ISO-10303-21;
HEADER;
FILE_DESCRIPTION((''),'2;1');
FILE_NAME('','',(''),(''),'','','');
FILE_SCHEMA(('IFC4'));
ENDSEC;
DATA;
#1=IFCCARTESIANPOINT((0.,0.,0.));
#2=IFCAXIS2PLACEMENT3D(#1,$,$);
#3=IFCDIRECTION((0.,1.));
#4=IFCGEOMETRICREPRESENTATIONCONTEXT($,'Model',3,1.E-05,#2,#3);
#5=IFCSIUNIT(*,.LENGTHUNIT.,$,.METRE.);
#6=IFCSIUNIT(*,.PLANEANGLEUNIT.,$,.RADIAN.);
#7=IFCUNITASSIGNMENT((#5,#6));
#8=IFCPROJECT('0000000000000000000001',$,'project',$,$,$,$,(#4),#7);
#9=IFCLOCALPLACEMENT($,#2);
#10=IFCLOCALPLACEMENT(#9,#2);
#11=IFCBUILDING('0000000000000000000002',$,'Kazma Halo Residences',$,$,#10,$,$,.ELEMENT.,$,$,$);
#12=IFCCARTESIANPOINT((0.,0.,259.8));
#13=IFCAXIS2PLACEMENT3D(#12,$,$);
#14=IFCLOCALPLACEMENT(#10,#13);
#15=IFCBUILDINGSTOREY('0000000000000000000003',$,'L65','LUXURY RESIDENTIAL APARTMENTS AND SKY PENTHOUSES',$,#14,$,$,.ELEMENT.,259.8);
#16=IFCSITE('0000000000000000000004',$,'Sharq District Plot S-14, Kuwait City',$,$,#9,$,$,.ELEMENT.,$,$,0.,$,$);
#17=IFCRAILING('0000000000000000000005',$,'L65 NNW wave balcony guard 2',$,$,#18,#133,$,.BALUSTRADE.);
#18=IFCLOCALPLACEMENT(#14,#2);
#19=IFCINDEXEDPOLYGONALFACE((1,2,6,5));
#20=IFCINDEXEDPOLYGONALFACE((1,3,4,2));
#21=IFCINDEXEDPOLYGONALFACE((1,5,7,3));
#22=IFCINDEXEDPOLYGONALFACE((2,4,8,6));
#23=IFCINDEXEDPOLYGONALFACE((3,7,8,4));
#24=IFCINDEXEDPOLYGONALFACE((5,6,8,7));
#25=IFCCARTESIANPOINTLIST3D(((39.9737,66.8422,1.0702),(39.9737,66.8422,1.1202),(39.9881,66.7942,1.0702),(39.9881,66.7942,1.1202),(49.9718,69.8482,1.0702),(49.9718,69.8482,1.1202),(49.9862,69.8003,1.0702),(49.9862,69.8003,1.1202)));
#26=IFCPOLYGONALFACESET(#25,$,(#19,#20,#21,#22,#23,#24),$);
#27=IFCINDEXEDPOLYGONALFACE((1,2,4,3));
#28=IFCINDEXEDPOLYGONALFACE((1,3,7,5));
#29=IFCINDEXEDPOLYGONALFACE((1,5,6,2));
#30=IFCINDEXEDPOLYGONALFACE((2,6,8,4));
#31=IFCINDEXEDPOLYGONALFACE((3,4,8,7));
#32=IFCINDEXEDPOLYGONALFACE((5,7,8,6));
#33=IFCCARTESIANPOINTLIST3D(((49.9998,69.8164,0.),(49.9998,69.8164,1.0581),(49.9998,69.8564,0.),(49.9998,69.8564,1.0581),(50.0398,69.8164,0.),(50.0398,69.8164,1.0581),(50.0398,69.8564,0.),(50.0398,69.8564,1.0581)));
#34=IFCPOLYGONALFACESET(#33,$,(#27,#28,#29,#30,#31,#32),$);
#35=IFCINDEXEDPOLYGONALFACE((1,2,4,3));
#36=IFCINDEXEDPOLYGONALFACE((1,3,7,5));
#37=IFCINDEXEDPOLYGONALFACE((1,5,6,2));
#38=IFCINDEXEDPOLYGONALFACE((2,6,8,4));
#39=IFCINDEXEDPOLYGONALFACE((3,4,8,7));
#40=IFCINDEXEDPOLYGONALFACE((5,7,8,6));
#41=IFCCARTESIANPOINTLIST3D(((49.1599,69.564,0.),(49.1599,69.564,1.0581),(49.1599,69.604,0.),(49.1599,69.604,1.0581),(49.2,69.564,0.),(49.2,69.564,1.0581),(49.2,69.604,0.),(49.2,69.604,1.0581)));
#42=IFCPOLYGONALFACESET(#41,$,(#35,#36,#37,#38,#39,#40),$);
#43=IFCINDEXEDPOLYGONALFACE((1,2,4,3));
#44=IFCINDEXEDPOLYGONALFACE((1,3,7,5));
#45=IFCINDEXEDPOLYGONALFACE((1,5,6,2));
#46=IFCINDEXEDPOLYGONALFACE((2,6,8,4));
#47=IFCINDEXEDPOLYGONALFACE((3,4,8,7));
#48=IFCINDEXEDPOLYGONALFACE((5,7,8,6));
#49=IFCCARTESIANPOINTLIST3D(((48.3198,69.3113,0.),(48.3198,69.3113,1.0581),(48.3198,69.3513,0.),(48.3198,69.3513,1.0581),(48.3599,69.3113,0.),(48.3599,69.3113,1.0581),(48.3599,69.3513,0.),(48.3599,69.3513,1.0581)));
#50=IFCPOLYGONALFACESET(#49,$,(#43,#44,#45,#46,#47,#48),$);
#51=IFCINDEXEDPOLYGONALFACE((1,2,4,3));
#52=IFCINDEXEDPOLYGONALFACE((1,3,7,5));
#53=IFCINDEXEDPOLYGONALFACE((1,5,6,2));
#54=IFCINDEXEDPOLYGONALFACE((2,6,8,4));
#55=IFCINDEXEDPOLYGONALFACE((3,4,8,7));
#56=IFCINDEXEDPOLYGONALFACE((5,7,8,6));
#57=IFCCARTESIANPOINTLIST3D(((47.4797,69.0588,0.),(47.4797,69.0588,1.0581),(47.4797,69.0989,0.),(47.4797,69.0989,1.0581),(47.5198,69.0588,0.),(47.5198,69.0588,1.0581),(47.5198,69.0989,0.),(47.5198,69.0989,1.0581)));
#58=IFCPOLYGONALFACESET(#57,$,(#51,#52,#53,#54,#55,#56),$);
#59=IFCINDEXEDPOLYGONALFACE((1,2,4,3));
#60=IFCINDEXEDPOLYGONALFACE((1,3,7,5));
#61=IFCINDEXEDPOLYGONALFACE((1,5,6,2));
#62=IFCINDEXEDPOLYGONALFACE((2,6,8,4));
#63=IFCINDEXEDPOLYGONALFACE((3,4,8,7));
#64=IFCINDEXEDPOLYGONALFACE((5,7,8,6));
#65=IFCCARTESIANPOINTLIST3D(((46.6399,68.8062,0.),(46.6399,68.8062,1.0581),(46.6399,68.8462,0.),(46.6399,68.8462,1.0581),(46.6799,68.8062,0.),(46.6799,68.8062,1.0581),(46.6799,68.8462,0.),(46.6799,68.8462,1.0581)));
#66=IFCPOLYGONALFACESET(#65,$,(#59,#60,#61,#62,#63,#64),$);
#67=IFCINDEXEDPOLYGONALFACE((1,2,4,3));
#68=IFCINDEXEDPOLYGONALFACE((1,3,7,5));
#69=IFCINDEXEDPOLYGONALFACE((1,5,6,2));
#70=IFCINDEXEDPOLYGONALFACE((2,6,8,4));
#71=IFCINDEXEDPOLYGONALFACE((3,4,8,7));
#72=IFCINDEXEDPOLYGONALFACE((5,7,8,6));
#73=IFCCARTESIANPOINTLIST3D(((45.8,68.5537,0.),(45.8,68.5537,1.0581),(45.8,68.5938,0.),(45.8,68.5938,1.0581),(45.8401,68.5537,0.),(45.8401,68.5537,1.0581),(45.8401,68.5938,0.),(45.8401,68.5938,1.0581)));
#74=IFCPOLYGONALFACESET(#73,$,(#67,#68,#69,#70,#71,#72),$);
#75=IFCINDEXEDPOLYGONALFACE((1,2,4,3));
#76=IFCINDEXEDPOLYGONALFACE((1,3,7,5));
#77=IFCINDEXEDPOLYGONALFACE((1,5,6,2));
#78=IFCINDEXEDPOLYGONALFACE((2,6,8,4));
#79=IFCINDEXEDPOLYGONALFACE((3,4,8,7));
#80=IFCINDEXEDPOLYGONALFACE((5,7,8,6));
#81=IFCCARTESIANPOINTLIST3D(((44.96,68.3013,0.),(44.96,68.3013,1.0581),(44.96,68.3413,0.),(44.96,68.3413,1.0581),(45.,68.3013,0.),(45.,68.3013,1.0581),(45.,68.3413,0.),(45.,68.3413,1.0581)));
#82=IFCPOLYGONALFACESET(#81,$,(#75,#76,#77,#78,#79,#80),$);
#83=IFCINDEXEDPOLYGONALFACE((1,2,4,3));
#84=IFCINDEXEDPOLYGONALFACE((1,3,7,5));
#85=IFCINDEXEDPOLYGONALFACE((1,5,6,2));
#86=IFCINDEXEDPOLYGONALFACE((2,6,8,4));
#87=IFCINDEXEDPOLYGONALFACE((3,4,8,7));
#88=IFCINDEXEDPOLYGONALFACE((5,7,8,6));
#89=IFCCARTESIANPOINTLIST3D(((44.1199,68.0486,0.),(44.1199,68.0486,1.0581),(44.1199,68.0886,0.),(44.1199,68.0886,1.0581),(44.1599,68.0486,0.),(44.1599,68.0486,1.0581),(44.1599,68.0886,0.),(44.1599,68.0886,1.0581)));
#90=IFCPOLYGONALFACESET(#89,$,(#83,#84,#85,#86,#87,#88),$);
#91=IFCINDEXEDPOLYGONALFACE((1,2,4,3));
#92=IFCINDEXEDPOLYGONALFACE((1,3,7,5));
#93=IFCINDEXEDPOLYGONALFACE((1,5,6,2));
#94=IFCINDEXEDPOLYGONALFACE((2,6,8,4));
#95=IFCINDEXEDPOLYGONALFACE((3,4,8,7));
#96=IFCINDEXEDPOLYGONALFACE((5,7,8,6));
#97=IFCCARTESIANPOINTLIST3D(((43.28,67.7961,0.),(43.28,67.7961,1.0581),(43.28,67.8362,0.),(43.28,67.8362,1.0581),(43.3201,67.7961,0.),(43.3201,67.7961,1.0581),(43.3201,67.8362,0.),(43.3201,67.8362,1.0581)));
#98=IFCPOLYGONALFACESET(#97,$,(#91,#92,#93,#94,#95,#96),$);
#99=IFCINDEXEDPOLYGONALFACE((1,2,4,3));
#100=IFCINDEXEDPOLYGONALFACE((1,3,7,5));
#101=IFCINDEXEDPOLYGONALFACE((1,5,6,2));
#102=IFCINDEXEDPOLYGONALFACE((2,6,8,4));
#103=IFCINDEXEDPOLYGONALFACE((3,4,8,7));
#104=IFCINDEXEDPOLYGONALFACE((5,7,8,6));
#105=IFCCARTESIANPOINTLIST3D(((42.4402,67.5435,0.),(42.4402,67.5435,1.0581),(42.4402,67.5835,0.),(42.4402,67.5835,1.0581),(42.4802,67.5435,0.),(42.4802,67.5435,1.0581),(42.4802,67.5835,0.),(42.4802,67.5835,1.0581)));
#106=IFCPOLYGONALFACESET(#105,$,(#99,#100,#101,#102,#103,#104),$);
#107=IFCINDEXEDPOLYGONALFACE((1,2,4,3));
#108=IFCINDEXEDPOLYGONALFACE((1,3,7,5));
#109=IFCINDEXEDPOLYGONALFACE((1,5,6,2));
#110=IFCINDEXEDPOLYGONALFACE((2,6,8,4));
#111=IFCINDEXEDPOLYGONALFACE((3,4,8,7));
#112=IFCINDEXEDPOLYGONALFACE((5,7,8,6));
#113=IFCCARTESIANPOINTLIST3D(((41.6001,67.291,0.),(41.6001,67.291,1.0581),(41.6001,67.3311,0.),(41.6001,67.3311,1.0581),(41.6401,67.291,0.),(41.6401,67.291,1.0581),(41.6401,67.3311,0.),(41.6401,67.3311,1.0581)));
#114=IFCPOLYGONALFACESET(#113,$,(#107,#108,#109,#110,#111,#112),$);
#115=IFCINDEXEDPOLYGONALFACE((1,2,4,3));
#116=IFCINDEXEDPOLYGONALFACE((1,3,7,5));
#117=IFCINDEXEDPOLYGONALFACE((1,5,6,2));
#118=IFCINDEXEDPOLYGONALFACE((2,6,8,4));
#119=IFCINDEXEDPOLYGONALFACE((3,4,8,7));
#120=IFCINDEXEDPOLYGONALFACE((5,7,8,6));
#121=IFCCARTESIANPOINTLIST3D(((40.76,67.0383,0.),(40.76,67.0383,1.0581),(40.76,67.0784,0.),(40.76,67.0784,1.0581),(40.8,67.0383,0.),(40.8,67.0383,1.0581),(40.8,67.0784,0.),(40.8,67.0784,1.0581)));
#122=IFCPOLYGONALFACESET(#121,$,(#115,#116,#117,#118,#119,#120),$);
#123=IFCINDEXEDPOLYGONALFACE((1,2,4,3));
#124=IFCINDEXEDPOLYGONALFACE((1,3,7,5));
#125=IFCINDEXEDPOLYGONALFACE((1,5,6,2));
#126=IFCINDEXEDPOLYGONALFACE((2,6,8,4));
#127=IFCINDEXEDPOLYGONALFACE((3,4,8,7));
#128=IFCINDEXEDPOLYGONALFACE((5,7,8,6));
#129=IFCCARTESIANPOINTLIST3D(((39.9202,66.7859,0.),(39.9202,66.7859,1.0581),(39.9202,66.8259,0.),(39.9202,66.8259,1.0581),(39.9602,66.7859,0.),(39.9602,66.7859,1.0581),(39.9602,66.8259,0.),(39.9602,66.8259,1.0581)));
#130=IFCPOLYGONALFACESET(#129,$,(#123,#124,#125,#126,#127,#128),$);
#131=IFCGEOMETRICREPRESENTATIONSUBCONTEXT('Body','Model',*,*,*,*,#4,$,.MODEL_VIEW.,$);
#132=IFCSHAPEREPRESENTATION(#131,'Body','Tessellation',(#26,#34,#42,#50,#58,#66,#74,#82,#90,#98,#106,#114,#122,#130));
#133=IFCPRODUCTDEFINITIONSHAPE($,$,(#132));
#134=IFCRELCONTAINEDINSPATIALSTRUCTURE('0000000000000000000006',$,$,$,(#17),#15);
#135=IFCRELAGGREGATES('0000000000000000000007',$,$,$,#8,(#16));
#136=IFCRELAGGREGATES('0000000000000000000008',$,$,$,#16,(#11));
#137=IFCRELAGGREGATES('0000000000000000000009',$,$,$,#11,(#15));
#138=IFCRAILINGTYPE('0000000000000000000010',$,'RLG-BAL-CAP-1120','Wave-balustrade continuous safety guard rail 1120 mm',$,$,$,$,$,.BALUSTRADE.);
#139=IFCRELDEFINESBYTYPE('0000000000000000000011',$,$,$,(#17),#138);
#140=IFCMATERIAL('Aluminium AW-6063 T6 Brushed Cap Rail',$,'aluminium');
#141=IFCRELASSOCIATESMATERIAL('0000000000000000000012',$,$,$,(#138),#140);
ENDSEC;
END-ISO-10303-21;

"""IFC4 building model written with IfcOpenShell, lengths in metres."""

from ifc_helpers import new_model, si_unit, direction, frame, origin, origin_2d, place, context, subcontext, project, spatial, rectangle, extrude, material, type_object, element, save


model = new_model("IFC4")

# Units and contexts
model_context = context("Model", 3, precision=1e-05, world=origin(), true_north=direction((0.0, 1.0)))
body_context = subcontext(model_context, "Body", "Model", "MODEL_VIEW")
ifc_project = project(units=[si_unit("LENGTHUNIT", "METRE"), si_unit("PLANEANGLEUNIT", "RADIAN")], contexts=[model_context])

# Site, building, storey
site_placement = place(None, origin())
site = spatial("IfcSite", under=ifc_project, at=site_placement, Name="Sharq District Plot S-14, Kuwait City", CompositionType="ELEMENT", RefElevation=0.0)
building_placement = place(site_placement, origin())
building = spatial("IfcBuilding", under=site, at=building_placement, Name="Kazma Halo Residences", CompositionType="ELEMENT")
storey_placement = place(building_placement, frame((0.0, 0.0, 259.8)))
storey = spatial("IfcBuildingStorey", under=building, at=storey_placement, Name="L65", Description="LUXURY RESIDENTIAL APARTMENTS AND SKY PENTHOUSES", CompositionType="ELEMENT", Elevation=259.8)

# Railing
ifc_material_1 = material(Name="Aluminium AW-6063 T6 Brushed Cap Rail", Category="aluminium")
railing_type = type_object("IfcRailingType", Name="RLG-BAL-CAP-1120", Description="Wave-balustrade continuous safety guard rail 1120 mm", PredefinedType="BALUSTRADE", material=ifc_material_1)
railing_1_placement = place(storey_placement, frame((50.0198, 69.8364, 0.0)))
element("IfcRailing", 1, at=railing_1_placement, inside=storey, type_object=railing_type, Name="L65 NNW wave balcony guard 2", PredefinedType="BALUSTRADE", context=body_context, shape_type="SweptSolid", body=[
    extrude(rectangle(XDim=0.05, YDim=0.05, at=origin_2d()), frame((-0.0408, -0.0122, 1.0952), z_axis=(-0.957652, -0.287927, 0.0), x_axis=(0.287927, -0.957652, 0.0)), (0.0, 0.0, 1.0), 10.4402),
    extrude(rectangle(XDim=0.04, YDim=0.04, at=origin_2d()), origin(), (0.0, 0.0, 1.0), 1.0581),
    extrude(rectangle(XDim=0.04, YDim=0.04, at=origin_2d()), frame((-0.8398, -0.2524, 0.0)), (0.0, 0.0, 1.0), 1.0581),
    extrude(rectangle(XDim=0.04, YDim=0.04, at=origin_2d()), frame((-1.6799, -0.5051, 0.0)), (0.0, 0.0, 1.0), 1.0581),
    extrude(rectangle(XDim=0.04, YDim=0.04, at=origin_2d()), frame((-2.52, -0.7576, 0.0)), (0.0, 0.0, 1.0), 1.0581),
    extrude(rectangle(XDim=0.04, YDim=0.04, at=origin_2d()), frame((-3.3599, -1.0103, 0.0)), (0.0, 0.0, 1.0), 1.0581),
    extrude(rectangle(XDim=0.04, YDim=0.04, at=origin_2d()), frame((-4.1997, -1.2627, 0.0)), (0.0, 0.0, 1.0), 1.0581),
    extrude(rectangle(XDim=0.04, YDim=0.04, at=origin_2d()), frame((-5.0398, -1.5151, 0.0)), (0.0, 0.0, 1.0), 1.0581),
    extrude(rectangle(XDim=0.04, YDim=0.04, at=origin_2d()), frame((-5.8799, -1.7678, 0.0)), (0.0, 0.0, 1.0), 1.0581),
    extrude(rectangle(XDim=0.04, YDim=0.04, at=origin_2d()), frame((-6.7197, -2.0203, 0.0)), (0.0, 0.0, 1.0), 1.0581),
    extrude(rectangle(XDim=0.04, YDim=0.04, at=origin_2d()), frame((-7.5596, -2.2729, 0.0)), (0.0, 0.0, 1.0), 1.0581),
    extrude(rectangle(XDim=0.04, YDim=0.04, at=origin_2d()), frame((-8.3997, -2.5254, 0.0)), (0.0, 0.0, 1.0), 1.0581),
    extrude(rectangle(XDim=0.04, YDim=0.04, at=origin_2d()), frame((-9.2397, -2.7781, 0.0)), (0.0, 0.0, 1.0), 1.0581),
    extrude(rectangle(XDim=0.04, YDim=0.04, at=origin_2d()), frame((-10.0796, -3.0305, 0.0)), (0.0, 0.0, 1.0), 1.0581),
])

save(model, "model.ifc")
